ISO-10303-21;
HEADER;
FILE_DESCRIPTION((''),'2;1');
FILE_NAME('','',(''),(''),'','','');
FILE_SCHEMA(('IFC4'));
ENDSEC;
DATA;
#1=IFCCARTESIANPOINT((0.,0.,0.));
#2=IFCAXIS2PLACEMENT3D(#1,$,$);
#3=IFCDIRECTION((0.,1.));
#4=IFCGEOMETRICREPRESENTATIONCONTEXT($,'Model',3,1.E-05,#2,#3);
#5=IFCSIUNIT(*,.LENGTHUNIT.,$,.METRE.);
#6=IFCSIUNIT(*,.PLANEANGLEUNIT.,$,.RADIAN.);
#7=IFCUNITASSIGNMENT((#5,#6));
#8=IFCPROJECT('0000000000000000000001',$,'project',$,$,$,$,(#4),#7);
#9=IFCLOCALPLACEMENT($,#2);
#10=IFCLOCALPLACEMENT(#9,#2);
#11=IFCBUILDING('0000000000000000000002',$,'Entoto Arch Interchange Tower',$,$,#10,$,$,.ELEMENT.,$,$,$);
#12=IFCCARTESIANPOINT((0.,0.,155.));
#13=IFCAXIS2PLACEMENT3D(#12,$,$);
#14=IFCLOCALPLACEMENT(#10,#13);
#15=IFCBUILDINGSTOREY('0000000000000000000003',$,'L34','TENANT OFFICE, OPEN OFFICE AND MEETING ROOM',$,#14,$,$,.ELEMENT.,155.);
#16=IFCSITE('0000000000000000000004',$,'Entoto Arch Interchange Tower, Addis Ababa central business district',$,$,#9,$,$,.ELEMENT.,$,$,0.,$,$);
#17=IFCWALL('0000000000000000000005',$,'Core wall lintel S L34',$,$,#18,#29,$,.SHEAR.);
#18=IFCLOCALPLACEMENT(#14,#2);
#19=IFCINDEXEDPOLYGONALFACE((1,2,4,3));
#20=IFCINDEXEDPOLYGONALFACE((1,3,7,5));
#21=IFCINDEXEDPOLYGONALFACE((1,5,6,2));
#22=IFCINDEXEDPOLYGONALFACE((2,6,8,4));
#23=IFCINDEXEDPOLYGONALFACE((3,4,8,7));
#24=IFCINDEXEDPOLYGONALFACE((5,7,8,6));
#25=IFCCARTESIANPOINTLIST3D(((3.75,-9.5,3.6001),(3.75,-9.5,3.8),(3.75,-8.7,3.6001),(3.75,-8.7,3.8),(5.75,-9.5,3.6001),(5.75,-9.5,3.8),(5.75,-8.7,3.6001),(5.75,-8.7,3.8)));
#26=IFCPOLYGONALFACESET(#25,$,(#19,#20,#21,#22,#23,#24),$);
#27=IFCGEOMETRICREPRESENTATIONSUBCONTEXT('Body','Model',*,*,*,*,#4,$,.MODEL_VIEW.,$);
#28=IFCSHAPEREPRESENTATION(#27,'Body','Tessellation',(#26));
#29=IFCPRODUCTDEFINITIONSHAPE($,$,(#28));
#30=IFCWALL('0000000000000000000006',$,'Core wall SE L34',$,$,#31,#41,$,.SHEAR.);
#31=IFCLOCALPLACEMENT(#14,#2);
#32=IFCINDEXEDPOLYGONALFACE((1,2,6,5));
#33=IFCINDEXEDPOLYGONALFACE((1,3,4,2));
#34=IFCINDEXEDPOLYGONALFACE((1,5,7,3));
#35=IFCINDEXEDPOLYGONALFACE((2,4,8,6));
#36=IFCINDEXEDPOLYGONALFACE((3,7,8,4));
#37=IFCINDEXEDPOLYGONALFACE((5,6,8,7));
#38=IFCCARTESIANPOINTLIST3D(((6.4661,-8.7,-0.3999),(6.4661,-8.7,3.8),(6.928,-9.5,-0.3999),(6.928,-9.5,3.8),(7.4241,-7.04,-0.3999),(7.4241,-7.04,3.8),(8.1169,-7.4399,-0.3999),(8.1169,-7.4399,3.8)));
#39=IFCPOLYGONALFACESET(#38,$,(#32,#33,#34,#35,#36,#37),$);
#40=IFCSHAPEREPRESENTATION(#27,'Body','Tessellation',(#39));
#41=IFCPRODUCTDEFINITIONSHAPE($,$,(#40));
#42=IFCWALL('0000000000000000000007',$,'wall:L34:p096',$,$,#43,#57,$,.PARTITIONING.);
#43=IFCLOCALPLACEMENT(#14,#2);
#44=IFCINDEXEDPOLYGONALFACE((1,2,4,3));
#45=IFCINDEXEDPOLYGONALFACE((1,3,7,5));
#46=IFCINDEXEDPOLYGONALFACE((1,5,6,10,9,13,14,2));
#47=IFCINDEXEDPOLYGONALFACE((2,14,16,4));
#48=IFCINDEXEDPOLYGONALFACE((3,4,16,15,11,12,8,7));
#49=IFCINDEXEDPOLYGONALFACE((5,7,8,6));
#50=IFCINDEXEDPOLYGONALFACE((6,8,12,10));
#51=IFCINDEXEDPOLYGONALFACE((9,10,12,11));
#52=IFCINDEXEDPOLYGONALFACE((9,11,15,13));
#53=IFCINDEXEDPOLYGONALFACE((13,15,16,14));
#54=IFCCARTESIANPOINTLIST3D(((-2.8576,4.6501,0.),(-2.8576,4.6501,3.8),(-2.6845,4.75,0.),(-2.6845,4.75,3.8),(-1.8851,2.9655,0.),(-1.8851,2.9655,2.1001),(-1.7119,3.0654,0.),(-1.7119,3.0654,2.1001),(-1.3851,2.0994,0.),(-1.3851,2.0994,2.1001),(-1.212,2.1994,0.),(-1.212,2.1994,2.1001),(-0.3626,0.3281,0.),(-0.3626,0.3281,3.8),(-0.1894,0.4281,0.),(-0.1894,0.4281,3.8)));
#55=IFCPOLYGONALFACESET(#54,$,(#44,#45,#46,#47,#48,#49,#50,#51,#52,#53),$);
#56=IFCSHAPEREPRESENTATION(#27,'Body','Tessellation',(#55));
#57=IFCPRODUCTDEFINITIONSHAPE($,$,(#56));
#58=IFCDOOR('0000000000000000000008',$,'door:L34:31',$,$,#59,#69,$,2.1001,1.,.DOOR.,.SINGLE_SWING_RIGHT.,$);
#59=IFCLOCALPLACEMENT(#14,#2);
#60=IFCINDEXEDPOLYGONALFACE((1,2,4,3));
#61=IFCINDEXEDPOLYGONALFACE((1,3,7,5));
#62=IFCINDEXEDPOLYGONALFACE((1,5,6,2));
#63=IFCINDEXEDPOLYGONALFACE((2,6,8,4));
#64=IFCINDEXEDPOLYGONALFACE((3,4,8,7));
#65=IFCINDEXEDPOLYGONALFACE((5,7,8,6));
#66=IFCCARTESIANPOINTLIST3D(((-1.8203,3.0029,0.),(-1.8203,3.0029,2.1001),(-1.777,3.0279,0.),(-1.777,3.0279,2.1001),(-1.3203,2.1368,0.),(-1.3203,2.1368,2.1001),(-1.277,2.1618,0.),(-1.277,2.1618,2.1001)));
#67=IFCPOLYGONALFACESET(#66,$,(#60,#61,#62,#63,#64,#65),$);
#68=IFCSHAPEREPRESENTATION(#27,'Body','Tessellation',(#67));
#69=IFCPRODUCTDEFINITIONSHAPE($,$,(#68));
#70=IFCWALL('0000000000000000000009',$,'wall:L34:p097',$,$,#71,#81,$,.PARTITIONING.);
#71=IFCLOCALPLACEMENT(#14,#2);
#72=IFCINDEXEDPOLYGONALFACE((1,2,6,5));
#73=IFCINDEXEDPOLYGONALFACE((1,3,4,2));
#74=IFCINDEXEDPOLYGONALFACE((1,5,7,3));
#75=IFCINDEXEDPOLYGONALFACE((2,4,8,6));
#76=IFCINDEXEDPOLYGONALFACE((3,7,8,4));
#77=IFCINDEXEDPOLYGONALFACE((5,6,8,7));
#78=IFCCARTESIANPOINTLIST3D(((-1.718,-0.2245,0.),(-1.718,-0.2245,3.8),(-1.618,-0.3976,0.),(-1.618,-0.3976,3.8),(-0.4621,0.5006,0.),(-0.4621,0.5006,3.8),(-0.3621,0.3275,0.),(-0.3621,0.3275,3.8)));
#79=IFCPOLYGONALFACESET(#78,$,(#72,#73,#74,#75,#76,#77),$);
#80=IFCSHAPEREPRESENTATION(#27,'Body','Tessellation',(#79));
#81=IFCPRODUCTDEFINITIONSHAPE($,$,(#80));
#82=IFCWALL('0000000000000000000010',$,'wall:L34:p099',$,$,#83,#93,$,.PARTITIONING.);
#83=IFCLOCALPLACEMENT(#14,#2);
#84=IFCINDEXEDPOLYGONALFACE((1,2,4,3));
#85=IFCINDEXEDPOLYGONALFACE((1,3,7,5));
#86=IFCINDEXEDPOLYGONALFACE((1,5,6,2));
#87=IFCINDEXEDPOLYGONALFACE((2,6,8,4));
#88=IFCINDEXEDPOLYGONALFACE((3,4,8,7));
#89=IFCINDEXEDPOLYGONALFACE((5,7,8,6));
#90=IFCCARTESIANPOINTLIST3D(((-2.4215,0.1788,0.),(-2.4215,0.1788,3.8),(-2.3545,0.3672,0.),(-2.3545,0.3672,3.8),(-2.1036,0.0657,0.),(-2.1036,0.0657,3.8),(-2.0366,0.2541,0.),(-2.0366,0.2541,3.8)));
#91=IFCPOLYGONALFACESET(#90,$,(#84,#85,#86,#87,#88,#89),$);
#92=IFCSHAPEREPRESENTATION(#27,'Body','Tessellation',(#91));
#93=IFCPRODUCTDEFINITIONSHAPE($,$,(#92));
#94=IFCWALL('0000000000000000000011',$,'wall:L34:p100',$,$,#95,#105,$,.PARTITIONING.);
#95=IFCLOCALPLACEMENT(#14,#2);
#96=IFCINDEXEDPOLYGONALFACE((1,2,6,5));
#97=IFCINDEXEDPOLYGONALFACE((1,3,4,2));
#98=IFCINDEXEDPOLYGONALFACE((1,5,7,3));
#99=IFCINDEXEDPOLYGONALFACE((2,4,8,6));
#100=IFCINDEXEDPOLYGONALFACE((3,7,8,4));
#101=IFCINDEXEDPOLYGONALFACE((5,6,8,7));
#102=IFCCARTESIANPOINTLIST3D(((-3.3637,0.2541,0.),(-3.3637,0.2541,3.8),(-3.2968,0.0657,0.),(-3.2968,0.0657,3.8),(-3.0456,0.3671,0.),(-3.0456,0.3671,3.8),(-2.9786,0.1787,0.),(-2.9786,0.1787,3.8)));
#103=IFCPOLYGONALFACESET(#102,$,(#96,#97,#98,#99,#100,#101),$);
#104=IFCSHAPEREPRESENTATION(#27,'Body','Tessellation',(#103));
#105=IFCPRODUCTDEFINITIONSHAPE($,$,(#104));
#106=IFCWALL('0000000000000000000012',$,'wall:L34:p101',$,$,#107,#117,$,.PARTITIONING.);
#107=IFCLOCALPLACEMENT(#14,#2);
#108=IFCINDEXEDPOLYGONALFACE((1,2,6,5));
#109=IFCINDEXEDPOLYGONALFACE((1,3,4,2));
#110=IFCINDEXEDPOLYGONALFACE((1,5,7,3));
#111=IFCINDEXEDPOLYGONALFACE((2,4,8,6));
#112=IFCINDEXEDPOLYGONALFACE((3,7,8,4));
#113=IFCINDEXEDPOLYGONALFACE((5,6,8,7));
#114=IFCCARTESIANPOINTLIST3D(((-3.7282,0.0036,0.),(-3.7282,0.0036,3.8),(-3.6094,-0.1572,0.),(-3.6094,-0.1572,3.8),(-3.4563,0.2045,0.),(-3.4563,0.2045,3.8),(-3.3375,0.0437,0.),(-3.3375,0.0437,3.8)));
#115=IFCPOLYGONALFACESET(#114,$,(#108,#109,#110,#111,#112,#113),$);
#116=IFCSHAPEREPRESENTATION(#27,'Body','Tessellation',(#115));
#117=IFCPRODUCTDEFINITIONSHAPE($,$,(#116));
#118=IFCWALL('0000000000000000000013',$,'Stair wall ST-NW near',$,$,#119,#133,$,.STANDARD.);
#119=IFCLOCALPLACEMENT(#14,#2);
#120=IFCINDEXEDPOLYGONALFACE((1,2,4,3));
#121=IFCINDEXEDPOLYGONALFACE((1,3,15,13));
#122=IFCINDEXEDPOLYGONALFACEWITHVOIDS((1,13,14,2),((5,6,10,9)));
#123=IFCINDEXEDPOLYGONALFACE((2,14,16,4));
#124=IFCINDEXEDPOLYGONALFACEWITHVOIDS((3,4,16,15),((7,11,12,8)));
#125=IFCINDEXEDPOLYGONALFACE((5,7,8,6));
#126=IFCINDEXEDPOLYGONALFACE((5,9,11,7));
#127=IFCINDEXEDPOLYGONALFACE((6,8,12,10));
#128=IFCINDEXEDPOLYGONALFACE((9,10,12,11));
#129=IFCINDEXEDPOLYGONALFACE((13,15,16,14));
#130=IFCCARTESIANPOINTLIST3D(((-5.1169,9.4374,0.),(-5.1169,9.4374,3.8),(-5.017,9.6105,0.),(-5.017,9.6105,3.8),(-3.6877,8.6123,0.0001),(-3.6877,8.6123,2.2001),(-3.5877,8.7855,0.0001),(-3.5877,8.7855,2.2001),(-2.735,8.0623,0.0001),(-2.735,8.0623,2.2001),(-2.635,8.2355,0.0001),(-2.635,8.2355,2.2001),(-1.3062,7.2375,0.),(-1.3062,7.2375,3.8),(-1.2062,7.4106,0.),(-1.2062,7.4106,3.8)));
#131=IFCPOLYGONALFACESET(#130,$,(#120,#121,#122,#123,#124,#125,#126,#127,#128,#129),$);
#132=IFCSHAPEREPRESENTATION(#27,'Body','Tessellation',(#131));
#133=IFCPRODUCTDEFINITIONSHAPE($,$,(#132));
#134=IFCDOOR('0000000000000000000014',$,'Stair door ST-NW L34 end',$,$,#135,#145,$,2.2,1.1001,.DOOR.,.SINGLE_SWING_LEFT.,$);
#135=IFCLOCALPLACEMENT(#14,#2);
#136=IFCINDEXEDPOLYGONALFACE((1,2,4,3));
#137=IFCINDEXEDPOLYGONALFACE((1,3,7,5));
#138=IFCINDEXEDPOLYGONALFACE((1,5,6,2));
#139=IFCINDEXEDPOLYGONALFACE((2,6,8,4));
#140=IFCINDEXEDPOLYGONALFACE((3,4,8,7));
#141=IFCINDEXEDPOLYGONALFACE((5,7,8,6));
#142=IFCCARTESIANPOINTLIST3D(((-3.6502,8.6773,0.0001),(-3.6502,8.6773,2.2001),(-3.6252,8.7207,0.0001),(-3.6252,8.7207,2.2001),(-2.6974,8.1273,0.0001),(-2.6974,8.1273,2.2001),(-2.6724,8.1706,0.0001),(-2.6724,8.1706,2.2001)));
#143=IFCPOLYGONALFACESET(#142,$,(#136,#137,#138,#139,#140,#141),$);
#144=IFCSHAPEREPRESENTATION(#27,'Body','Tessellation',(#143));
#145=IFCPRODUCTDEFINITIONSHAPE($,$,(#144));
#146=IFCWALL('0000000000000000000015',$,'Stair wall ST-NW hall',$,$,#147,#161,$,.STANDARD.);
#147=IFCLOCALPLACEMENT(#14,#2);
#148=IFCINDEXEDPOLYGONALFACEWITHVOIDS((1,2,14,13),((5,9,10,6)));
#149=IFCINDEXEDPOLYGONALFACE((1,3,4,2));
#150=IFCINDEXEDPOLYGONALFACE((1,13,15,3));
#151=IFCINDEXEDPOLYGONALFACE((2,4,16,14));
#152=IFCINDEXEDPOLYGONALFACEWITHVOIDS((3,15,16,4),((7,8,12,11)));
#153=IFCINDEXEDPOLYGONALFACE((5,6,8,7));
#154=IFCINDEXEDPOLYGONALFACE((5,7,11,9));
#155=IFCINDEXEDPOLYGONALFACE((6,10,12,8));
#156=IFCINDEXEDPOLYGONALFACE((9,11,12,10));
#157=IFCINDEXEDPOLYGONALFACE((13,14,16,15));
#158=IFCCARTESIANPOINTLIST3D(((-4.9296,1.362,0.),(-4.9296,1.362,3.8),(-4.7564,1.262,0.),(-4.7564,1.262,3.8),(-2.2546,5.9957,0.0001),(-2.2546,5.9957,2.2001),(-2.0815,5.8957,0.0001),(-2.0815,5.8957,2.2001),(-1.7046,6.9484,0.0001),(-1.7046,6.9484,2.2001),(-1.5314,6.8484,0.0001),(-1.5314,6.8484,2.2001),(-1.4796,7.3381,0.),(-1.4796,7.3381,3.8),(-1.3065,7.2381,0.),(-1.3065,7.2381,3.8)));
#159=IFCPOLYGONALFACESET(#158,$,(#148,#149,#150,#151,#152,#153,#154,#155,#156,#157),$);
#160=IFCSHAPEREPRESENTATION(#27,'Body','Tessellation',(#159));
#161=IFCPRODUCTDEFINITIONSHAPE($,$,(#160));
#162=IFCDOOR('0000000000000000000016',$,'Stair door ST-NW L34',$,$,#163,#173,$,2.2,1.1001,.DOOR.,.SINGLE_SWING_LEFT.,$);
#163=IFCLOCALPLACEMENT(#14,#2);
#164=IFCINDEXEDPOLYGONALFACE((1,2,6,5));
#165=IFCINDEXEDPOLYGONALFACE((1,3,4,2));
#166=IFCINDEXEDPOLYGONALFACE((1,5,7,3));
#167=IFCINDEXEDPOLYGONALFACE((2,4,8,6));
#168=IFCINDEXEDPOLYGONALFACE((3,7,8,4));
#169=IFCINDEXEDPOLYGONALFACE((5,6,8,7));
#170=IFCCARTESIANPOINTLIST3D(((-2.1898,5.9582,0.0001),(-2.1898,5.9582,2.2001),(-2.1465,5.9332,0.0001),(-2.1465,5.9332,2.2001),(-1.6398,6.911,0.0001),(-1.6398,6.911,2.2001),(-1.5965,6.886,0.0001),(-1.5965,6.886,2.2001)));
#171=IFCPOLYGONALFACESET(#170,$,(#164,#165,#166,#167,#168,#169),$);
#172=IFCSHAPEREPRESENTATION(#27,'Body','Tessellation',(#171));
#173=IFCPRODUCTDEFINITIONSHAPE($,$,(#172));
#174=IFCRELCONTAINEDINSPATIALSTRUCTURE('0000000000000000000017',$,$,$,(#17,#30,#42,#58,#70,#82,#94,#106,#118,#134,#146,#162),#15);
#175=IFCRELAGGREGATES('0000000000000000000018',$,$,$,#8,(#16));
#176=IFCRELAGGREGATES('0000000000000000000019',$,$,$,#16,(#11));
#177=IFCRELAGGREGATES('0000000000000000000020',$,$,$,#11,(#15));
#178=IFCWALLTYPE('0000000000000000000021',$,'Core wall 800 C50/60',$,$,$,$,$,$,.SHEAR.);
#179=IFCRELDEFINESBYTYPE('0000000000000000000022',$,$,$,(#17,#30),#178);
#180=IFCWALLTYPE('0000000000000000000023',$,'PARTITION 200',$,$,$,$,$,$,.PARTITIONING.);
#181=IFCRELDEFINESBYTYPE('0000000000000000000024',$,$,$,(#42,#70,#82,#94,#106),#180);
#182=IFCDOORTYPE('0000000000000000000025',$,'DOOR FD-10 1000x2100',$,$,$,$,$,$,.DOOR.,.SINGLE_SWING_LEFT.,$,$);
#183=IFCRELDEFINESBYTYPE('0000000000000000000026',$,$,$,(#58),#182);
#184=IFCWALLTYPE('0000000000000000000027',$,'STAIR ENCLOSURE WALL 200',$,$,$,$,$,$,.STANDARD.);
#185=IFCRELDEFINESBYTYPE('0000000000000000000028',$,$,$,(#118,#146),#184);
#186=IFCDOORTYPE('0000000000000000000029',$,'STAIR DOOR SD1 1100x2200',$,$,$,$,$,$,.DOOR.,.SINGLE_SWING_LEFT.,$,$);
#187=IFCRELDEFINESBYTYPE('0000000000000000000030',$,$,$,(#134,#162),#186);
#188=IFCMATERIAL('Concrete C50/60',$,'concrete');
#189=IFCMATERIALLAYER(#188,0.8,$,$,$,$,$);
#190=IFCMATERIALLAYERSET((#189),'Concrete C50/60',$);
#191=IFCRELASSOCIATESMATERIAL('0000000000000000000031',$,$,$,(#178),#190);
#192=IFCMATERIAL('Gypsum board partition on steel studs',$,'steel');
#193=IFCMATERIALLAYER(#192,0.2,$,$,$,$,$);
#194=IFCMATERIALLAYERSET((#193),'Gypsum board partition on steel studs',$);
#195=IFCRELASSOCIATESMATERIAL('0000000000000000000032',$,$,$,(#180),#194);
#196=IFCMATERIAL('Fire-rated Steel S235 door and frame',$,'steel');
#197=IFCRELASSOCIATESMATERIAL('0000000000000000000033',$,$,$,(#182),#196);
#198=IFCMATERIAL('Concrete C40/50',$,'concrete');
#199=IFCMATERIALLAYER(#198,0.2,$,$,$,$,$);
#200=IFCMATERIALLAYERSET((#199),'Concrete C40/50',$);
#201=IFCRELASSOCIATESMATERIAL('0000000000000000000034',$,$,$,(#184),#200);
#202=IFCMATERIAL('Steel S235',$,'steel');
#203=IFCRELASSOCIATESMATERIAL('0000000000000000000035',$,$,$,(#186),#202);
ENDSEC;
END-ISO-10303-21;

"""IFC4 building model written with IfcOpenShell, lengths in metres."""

from ifc_helpers import new_model, si_unit, direction, frame, frame_2d, origin, place, context, subcontext, project, spatial, polyline, rectangle, outline, extrude, material, layer, layer_set, type_object, element, fill, save


model = new_model("IFC4")

# Units and contexts
model_context = context("Model", 3, precision=1e-05, world=origin(), true_north=direction((0.0, 1.0)))
body_context = subcontext(model_context, "Body", "Model", "MODEL_VIEW")
ifc_project = project(units=[si_unit("LENGTHUNIT", "METRE"), si_unit("PLANEANGLEUNIT", "RADIAN")], contexts=[model_context])

# Site, building, storey
site_placement = place(None, origin())
site = spatial("IfcSite", under=ifc_project, at=site_placement, Name="Entoto Arch Interchange Tower, Addis Ababa central business district", CompositionType="ELEMENT", RefElevation=0.0)
building_placement = place(site_placement, origin())
building = spatial("IfcBuilding", under=site, at=building_placement, Name="Entoto Arch Interchange Tower", CompositionType="ELEMENT")
storey_placement = place(building_placement, frame((0.0, 0.0, 155.0)))
storey = spatial("IfcBuildingStorey", under=building, at=storey_placement, Name="L34", Description="TENANT OFFICE, OPEN OFFICE AND MEETING ROOM", CompositionType="ELEMENT", Elevation=155.0)

# Shared definitions
ifc_material_1 = material(Name="Concrete C40/50", Category="concrete")

# Walls
ifc_material_2 = material(Name="Concrete C50/60", Category="concrete")
ifc_layer_1 = layer(ifc_material_2, 0.8)
ifc_layer_set_1 = layer_set([ifc_layer_1], Name="Concrete C50/60")
wall_type_1 = type_object("IfcWallType", Name="Core wall 800 C50/60", PredefinedType="SHEAR", material=ifc_layer_set_1)
wall_1_placement = place(storey_placement, frame((0.0, 0.0, 3.6001)))
element("IfcWall", 1, at=wall_1_placement, inside=storey, type_object=wall_type_1, Name="Core wall lintel S L34", PredefinedType="SHEAR", context=body_context, shape_type="SweptSolid", body=[
    extrude(outline(polyline([(5.75, -9.5), (5.75, -8.7), (3.75, -8.7), (3.75, -9.5), (5.75, -9.5)])), origin(), (0.0, 0.0, 1.0), 0.2),
])
wall_2_placement = place(storey_placement, frame((0.0, 0.0, -0.3999)))
element("IfcWall", 2, at=wall_2_placement, inside=storey, type_object=wall_type_1, Name="Core wall SE L34", PredefinedType="SHEAR", context=body_context, shape_type="SweptSolid", body=[
    extrude(outline(polyline([(8.1169, -7.4399), (7.4241, -7.04), (6.4661, -8.7), (6.928, -9.5), (8.1169, -7.4399)])), origin(), (0.0, 0.0, 1.0), 4.2),
])

# Wall, opening, door
ifc_material_3 = material(Name="Gypsum board partition on steel studs", Category="steel")
ifc_layer_2 = layer(ifc_material_3, 0.2)
ifc_layer_set_2 = layer_set([ifc_layer_2], Name="Gypsum board partition on steel studs")
wall_type_2 = type_object("IfcWallType", Name="PARTITION 200", PredefinedType="PARTITIONING", material=ifc_layer_set_2)
wall_3_placement = place(storey_placement, frame((-2.771, 4.7, 0.0), z_axis=(0.0, 0.0, 1.0), x_axis=(0.499969, -0.866043, 0.0)))
wall_3 = element("IfcWall", 3, at=wall_3_placement, inside=storey, type_object=wall_type_2, Name="wall:L34:p096", PredefinedType="PARTITIONING", context=body_context, shape_type="SweptSolid", body=[
    extrude(rectangle(XDim=4.9905, YDim=0.2, at=frame_2d((2.4951, 0.0))), origin(), (0.0, 0.0, 1.0), 3.8),
])
opening_1_placement = place(wall_3_placement, frame((1.9451, 0.0, 0.0)))
opening_1 = element("IfcOpeningElement", 4, at=opening_1_placement, cuts=wall_3, PredefinedType="OPENING", context=body_context, shape_type="SweptSolid", body=[
    extrude(rectangle(XDim=1.0, YDim=2.1001, at=frame_2d((0.5, 1.05))), frame((0.0, 0.1099, 0.0), z_axis=(0.0, -1.0, 0.0), x_axis=(1.0, 0.0, 0.0)), (0.0, 0.0, 1.0), 0.22),
])
ifc_material_4 = material(Name="Fire-rated Steel S235 door and frame", Category="steel")
door_type_1 = type_object("IfcDoorType", Name="DOOR FD-10 1000x2100", OperationType="SINGLE_SWING_LEFT", PredefinedType="DOOR", material=ifc_material_4)
door_1_placement = place(opening_1_placement, origin())
door_1 = element("IfcDoor", 5, at=door_1_placement, inside=storey, type_object=door_type_1, Name="door:L34:31", OperationType="SINGLE_SWING_RIGHT", OverallHeight=2.1001, OverallWidth=1.0, PredefinedType="DOOR", context=body_context, shape_type="SweptSolid", body=[
    extrude(rectangle(XDim=1.0, YDim=2.1001, at=frame_2d((0.5, 1.05))), frame((0.0, 0.0249, 0.0), z_axis=(0.0, -1.0, 0.0), x_axis=(1.0, 0.0, 0.0)), (0.0, 0.0, 1.0), 0.05),
])
fill(opening_1, door_1)

# Walls
wall_4_placement = place(storey_placement, frame((-0.4121, 0.4141, 0.0), z_axis=(0.0, 0.0, 1.0), x_axis=(-0.866017, -0.500014, 0.0)))
element("IfcWall", 6, at=wall_4_placement, inside=storey, type_object=wall_type_2, Name="wall:L34:p097", PredefinedType="PARTITIONING", context=body_context, shape_type="SweptSolid", body=[
    extrude(rectangle(XDim=1.4502, YDim=0.2, at=frame_2d((0.7251, 0.0))), origin(), (0.0, 0.0, 1.0), 3.8),
])
wall_5_placement = place(storey_placement, frame((-2.0701, 0.1599, 0.0), z_axis=(0.0, 0.0, 1.0), x_axis=(-0.942199, 0.335052, 0.0)))
element("IfcWall", 7, at=wall_5_placement, inside=storey, type_object=wall_type_2, Name="wall:L34:p099", PredefinedType="PARTITIONING", context=body_context, shape_type="SweptSolid", body=[
    extrude(rectangle(XDim=0.3374, YDim=0.2, at=frame_2d((0.1687, 0.0))), origin(), (0.0, 0.0, 1.0), 3.8),
])
wall_6_placement = place(storey_placement, frame((-3.012, 0.2729, 0.0), z_axis=(0.0, 0.0, 1.0), x_axis=(-0.942281, -0.334824, 0.0)))
element("IfcWall", 8, at=wall_6_placement, inside=storey, type_object=wall_type_2, Name="wall:L34:p100", PredefinedType="PARTITIONING", context=body_context, shape_type="SweptSolid", body=[
    extrude(rectangle(XDim=0.3376, YDim=0.2, at=frame_2d((0.1689, 0.0))), origin(), (0.0, 0.0, 1.0), 3.8),
])
wall_7_placement = place(storey_placement, frame((-3.397, 0.124, 0.0), z_axis=(0.0, 0.0, 1.0), x_axis=(-0.804311, -0.594208, 0.0)))
element("IfcWall", 9, at=wall_7_placement, inside=storey, type_object=wall_type_2, Name="wall:L34:p101", PredefinedType="PARTITIONING", context=body_context, shape_type="SweptSolid", body=[
    extrude(rectangle(XDim=0.3381, YDim=0.2, at=frame_2d((0.1689, 0.0))), origin(), (0.0, 0.0, 1.0), 3.8),
])

# Walls, openings, doors
ifc_layer_3 = layer(ifc_material_1, 0.2)
ifc_layer_set_3 = layer_set([ifc_layer_3], Name="Concrete C40/50")
wall_type_3 = type_object("IfcWallType", Name="STAIR ENCLOSURE WALL 200", PredefinedType="STANDARD", material=ifc_layer_set_3)
wall_8_placement = place(storey_placement, frame((-1.2561, 7.324, 0.0), z_axis=(0.0, 0.0, 1.0), x_axis=(-0.866046, 0.499964, 0.0)))
wall_8 = element("IfcWall", 10, at=wall_8_placement, inside=storey, type_object=wall_type_3, Name="Stair wall ST-NW near", PredefinedType="STANDARD", context=body_context, shape_type="SweptSolid", body=[
    extrude(rectangle(XDim=4.4001, YDim=0.2, at=frame_2d((2.2002, 0.0))), origin(), (0.0, 0.0, 1.0), 3.8),
])
opening_2_placement = place(wall_8_placement, frame((1.6499, 0.0, 0.0)))
opening_2 = element("IfcOpeningElement", 11, at=opening_2_placement, cuts=wall_8, PredefinedType="OPENING", context=body_context, shape_type="SweptSolid", body=[
    extrude(rectangle(XDim=1.1001, YDim=2.2, at=frame_2d((0.55, 1.1001))), frame((0.0, 0.1099, 0.0), z_axis=(0.0, -1.0, 0.0), x_axis=(1.0, 0.0, 0.0)), (0.0, 0.0, 1.0), 0.22),
])
ifc_material_5 = material(Name="Steel S235", Category="steel")
door_type_2 = type_object("IfcDoorType", Name="STAIR DOOR SD1 1100x2200", OperationType="SINGLE_SWING_LEFT", PredefinedType="DOOR", material=ifc_material_5)
door_2_placement = place(opening_2_placement, origin())
door_2 = element("IfcDoor", 12, at=door_2_placement, inside=storey, type_object=door_type_2, Name="Stair door ST-NW L34 end", OperationType="SINGLE_SWING_LEFT", OverallHeight=2.2, OverallWidth=1.1001, PredefinedType="DOOR", context=body_context, shape_type="SweptSolid", body=[
    extrude(rectangle(XDim=1.1001, YDim=2.2, at=frame_2d((0.55, 1.1001))), frame((0.0, 0.0249, 0.0), z_axis=(0.0, -1.0, 0.0), x_axis=(1.0, 0.0, 0.0)), (0.0, 0.0, 1.0), 0.05),
])
fill(opening_2, door_2)
wall_9_placement = place(storey_placement, frame((-1.3931, 7.2881, 0.0), z_axis=(0.0, 0.0, 1.0), x_axis=(-0.499963, -0.866047, 0.0)))
wall_9 = element("IfcWall", 13, at=wall_9_placement, inside=storey, type_object=wall_type_3, Name="Stair wall ST-NW hall", PredefinedType="STANDARD", context=body_context, shape_type="SweptSolid", body=[
    extrude(rectangle(XDim=6.9004, YDim=0.2, at=frame_2d((3.4502, 0.0))), origin(), (0.0, 0.0, 1.0), 3.8),
])
opening_3_placement = place(wall_9_placement, frame((0.45, 0.0, 0.0)))
opening_3 = element("IfcOpeningElement", 14, at=opening_3_placement, cuts=wall_9, PredefinedType="OPENING", context=body_context, shape_type="SweptSolid", body=[
    extrude(rectangle(XDim=1.1001, YDim=2.2, at=frame_2d((0.55, 1.1001))), frame((0.0, 0.1099, 0.0), z_axis=(0.0, -1.0, 0.0), x_axis=(1.0, 0.0, 0.0)), (0.0, 0.0, 1.0), 0.22),
])
door_3_placement = place(opening_3_placement, origin())
door_3 = element("IfcDoor", 15, at=door_3_placement, inside=storey, type_object=door_type_2, Name="Stair door ST-NW L34", OperationType="SINGLE_SWING_LEFT", OverallHeight=2.2, OverallWidth=1.1001, PredefinedType="DOOR", context=body_context, shape_type="SweptSolid", body=[
    extrude(rectangle(XDim=1.1001, YDim=2.2, at=frame_2d((0.55, 1.1001))), frame((0.0, 0.0249, 0.0), z_axis=(0.0, -1.0, 0.0), x_axis=(1.0, 0.0, 0.0)), (0.0, 0.0, 1.0), 0.05),
])
fill(opening_3, door_3)

save(model, "model.ifc")
